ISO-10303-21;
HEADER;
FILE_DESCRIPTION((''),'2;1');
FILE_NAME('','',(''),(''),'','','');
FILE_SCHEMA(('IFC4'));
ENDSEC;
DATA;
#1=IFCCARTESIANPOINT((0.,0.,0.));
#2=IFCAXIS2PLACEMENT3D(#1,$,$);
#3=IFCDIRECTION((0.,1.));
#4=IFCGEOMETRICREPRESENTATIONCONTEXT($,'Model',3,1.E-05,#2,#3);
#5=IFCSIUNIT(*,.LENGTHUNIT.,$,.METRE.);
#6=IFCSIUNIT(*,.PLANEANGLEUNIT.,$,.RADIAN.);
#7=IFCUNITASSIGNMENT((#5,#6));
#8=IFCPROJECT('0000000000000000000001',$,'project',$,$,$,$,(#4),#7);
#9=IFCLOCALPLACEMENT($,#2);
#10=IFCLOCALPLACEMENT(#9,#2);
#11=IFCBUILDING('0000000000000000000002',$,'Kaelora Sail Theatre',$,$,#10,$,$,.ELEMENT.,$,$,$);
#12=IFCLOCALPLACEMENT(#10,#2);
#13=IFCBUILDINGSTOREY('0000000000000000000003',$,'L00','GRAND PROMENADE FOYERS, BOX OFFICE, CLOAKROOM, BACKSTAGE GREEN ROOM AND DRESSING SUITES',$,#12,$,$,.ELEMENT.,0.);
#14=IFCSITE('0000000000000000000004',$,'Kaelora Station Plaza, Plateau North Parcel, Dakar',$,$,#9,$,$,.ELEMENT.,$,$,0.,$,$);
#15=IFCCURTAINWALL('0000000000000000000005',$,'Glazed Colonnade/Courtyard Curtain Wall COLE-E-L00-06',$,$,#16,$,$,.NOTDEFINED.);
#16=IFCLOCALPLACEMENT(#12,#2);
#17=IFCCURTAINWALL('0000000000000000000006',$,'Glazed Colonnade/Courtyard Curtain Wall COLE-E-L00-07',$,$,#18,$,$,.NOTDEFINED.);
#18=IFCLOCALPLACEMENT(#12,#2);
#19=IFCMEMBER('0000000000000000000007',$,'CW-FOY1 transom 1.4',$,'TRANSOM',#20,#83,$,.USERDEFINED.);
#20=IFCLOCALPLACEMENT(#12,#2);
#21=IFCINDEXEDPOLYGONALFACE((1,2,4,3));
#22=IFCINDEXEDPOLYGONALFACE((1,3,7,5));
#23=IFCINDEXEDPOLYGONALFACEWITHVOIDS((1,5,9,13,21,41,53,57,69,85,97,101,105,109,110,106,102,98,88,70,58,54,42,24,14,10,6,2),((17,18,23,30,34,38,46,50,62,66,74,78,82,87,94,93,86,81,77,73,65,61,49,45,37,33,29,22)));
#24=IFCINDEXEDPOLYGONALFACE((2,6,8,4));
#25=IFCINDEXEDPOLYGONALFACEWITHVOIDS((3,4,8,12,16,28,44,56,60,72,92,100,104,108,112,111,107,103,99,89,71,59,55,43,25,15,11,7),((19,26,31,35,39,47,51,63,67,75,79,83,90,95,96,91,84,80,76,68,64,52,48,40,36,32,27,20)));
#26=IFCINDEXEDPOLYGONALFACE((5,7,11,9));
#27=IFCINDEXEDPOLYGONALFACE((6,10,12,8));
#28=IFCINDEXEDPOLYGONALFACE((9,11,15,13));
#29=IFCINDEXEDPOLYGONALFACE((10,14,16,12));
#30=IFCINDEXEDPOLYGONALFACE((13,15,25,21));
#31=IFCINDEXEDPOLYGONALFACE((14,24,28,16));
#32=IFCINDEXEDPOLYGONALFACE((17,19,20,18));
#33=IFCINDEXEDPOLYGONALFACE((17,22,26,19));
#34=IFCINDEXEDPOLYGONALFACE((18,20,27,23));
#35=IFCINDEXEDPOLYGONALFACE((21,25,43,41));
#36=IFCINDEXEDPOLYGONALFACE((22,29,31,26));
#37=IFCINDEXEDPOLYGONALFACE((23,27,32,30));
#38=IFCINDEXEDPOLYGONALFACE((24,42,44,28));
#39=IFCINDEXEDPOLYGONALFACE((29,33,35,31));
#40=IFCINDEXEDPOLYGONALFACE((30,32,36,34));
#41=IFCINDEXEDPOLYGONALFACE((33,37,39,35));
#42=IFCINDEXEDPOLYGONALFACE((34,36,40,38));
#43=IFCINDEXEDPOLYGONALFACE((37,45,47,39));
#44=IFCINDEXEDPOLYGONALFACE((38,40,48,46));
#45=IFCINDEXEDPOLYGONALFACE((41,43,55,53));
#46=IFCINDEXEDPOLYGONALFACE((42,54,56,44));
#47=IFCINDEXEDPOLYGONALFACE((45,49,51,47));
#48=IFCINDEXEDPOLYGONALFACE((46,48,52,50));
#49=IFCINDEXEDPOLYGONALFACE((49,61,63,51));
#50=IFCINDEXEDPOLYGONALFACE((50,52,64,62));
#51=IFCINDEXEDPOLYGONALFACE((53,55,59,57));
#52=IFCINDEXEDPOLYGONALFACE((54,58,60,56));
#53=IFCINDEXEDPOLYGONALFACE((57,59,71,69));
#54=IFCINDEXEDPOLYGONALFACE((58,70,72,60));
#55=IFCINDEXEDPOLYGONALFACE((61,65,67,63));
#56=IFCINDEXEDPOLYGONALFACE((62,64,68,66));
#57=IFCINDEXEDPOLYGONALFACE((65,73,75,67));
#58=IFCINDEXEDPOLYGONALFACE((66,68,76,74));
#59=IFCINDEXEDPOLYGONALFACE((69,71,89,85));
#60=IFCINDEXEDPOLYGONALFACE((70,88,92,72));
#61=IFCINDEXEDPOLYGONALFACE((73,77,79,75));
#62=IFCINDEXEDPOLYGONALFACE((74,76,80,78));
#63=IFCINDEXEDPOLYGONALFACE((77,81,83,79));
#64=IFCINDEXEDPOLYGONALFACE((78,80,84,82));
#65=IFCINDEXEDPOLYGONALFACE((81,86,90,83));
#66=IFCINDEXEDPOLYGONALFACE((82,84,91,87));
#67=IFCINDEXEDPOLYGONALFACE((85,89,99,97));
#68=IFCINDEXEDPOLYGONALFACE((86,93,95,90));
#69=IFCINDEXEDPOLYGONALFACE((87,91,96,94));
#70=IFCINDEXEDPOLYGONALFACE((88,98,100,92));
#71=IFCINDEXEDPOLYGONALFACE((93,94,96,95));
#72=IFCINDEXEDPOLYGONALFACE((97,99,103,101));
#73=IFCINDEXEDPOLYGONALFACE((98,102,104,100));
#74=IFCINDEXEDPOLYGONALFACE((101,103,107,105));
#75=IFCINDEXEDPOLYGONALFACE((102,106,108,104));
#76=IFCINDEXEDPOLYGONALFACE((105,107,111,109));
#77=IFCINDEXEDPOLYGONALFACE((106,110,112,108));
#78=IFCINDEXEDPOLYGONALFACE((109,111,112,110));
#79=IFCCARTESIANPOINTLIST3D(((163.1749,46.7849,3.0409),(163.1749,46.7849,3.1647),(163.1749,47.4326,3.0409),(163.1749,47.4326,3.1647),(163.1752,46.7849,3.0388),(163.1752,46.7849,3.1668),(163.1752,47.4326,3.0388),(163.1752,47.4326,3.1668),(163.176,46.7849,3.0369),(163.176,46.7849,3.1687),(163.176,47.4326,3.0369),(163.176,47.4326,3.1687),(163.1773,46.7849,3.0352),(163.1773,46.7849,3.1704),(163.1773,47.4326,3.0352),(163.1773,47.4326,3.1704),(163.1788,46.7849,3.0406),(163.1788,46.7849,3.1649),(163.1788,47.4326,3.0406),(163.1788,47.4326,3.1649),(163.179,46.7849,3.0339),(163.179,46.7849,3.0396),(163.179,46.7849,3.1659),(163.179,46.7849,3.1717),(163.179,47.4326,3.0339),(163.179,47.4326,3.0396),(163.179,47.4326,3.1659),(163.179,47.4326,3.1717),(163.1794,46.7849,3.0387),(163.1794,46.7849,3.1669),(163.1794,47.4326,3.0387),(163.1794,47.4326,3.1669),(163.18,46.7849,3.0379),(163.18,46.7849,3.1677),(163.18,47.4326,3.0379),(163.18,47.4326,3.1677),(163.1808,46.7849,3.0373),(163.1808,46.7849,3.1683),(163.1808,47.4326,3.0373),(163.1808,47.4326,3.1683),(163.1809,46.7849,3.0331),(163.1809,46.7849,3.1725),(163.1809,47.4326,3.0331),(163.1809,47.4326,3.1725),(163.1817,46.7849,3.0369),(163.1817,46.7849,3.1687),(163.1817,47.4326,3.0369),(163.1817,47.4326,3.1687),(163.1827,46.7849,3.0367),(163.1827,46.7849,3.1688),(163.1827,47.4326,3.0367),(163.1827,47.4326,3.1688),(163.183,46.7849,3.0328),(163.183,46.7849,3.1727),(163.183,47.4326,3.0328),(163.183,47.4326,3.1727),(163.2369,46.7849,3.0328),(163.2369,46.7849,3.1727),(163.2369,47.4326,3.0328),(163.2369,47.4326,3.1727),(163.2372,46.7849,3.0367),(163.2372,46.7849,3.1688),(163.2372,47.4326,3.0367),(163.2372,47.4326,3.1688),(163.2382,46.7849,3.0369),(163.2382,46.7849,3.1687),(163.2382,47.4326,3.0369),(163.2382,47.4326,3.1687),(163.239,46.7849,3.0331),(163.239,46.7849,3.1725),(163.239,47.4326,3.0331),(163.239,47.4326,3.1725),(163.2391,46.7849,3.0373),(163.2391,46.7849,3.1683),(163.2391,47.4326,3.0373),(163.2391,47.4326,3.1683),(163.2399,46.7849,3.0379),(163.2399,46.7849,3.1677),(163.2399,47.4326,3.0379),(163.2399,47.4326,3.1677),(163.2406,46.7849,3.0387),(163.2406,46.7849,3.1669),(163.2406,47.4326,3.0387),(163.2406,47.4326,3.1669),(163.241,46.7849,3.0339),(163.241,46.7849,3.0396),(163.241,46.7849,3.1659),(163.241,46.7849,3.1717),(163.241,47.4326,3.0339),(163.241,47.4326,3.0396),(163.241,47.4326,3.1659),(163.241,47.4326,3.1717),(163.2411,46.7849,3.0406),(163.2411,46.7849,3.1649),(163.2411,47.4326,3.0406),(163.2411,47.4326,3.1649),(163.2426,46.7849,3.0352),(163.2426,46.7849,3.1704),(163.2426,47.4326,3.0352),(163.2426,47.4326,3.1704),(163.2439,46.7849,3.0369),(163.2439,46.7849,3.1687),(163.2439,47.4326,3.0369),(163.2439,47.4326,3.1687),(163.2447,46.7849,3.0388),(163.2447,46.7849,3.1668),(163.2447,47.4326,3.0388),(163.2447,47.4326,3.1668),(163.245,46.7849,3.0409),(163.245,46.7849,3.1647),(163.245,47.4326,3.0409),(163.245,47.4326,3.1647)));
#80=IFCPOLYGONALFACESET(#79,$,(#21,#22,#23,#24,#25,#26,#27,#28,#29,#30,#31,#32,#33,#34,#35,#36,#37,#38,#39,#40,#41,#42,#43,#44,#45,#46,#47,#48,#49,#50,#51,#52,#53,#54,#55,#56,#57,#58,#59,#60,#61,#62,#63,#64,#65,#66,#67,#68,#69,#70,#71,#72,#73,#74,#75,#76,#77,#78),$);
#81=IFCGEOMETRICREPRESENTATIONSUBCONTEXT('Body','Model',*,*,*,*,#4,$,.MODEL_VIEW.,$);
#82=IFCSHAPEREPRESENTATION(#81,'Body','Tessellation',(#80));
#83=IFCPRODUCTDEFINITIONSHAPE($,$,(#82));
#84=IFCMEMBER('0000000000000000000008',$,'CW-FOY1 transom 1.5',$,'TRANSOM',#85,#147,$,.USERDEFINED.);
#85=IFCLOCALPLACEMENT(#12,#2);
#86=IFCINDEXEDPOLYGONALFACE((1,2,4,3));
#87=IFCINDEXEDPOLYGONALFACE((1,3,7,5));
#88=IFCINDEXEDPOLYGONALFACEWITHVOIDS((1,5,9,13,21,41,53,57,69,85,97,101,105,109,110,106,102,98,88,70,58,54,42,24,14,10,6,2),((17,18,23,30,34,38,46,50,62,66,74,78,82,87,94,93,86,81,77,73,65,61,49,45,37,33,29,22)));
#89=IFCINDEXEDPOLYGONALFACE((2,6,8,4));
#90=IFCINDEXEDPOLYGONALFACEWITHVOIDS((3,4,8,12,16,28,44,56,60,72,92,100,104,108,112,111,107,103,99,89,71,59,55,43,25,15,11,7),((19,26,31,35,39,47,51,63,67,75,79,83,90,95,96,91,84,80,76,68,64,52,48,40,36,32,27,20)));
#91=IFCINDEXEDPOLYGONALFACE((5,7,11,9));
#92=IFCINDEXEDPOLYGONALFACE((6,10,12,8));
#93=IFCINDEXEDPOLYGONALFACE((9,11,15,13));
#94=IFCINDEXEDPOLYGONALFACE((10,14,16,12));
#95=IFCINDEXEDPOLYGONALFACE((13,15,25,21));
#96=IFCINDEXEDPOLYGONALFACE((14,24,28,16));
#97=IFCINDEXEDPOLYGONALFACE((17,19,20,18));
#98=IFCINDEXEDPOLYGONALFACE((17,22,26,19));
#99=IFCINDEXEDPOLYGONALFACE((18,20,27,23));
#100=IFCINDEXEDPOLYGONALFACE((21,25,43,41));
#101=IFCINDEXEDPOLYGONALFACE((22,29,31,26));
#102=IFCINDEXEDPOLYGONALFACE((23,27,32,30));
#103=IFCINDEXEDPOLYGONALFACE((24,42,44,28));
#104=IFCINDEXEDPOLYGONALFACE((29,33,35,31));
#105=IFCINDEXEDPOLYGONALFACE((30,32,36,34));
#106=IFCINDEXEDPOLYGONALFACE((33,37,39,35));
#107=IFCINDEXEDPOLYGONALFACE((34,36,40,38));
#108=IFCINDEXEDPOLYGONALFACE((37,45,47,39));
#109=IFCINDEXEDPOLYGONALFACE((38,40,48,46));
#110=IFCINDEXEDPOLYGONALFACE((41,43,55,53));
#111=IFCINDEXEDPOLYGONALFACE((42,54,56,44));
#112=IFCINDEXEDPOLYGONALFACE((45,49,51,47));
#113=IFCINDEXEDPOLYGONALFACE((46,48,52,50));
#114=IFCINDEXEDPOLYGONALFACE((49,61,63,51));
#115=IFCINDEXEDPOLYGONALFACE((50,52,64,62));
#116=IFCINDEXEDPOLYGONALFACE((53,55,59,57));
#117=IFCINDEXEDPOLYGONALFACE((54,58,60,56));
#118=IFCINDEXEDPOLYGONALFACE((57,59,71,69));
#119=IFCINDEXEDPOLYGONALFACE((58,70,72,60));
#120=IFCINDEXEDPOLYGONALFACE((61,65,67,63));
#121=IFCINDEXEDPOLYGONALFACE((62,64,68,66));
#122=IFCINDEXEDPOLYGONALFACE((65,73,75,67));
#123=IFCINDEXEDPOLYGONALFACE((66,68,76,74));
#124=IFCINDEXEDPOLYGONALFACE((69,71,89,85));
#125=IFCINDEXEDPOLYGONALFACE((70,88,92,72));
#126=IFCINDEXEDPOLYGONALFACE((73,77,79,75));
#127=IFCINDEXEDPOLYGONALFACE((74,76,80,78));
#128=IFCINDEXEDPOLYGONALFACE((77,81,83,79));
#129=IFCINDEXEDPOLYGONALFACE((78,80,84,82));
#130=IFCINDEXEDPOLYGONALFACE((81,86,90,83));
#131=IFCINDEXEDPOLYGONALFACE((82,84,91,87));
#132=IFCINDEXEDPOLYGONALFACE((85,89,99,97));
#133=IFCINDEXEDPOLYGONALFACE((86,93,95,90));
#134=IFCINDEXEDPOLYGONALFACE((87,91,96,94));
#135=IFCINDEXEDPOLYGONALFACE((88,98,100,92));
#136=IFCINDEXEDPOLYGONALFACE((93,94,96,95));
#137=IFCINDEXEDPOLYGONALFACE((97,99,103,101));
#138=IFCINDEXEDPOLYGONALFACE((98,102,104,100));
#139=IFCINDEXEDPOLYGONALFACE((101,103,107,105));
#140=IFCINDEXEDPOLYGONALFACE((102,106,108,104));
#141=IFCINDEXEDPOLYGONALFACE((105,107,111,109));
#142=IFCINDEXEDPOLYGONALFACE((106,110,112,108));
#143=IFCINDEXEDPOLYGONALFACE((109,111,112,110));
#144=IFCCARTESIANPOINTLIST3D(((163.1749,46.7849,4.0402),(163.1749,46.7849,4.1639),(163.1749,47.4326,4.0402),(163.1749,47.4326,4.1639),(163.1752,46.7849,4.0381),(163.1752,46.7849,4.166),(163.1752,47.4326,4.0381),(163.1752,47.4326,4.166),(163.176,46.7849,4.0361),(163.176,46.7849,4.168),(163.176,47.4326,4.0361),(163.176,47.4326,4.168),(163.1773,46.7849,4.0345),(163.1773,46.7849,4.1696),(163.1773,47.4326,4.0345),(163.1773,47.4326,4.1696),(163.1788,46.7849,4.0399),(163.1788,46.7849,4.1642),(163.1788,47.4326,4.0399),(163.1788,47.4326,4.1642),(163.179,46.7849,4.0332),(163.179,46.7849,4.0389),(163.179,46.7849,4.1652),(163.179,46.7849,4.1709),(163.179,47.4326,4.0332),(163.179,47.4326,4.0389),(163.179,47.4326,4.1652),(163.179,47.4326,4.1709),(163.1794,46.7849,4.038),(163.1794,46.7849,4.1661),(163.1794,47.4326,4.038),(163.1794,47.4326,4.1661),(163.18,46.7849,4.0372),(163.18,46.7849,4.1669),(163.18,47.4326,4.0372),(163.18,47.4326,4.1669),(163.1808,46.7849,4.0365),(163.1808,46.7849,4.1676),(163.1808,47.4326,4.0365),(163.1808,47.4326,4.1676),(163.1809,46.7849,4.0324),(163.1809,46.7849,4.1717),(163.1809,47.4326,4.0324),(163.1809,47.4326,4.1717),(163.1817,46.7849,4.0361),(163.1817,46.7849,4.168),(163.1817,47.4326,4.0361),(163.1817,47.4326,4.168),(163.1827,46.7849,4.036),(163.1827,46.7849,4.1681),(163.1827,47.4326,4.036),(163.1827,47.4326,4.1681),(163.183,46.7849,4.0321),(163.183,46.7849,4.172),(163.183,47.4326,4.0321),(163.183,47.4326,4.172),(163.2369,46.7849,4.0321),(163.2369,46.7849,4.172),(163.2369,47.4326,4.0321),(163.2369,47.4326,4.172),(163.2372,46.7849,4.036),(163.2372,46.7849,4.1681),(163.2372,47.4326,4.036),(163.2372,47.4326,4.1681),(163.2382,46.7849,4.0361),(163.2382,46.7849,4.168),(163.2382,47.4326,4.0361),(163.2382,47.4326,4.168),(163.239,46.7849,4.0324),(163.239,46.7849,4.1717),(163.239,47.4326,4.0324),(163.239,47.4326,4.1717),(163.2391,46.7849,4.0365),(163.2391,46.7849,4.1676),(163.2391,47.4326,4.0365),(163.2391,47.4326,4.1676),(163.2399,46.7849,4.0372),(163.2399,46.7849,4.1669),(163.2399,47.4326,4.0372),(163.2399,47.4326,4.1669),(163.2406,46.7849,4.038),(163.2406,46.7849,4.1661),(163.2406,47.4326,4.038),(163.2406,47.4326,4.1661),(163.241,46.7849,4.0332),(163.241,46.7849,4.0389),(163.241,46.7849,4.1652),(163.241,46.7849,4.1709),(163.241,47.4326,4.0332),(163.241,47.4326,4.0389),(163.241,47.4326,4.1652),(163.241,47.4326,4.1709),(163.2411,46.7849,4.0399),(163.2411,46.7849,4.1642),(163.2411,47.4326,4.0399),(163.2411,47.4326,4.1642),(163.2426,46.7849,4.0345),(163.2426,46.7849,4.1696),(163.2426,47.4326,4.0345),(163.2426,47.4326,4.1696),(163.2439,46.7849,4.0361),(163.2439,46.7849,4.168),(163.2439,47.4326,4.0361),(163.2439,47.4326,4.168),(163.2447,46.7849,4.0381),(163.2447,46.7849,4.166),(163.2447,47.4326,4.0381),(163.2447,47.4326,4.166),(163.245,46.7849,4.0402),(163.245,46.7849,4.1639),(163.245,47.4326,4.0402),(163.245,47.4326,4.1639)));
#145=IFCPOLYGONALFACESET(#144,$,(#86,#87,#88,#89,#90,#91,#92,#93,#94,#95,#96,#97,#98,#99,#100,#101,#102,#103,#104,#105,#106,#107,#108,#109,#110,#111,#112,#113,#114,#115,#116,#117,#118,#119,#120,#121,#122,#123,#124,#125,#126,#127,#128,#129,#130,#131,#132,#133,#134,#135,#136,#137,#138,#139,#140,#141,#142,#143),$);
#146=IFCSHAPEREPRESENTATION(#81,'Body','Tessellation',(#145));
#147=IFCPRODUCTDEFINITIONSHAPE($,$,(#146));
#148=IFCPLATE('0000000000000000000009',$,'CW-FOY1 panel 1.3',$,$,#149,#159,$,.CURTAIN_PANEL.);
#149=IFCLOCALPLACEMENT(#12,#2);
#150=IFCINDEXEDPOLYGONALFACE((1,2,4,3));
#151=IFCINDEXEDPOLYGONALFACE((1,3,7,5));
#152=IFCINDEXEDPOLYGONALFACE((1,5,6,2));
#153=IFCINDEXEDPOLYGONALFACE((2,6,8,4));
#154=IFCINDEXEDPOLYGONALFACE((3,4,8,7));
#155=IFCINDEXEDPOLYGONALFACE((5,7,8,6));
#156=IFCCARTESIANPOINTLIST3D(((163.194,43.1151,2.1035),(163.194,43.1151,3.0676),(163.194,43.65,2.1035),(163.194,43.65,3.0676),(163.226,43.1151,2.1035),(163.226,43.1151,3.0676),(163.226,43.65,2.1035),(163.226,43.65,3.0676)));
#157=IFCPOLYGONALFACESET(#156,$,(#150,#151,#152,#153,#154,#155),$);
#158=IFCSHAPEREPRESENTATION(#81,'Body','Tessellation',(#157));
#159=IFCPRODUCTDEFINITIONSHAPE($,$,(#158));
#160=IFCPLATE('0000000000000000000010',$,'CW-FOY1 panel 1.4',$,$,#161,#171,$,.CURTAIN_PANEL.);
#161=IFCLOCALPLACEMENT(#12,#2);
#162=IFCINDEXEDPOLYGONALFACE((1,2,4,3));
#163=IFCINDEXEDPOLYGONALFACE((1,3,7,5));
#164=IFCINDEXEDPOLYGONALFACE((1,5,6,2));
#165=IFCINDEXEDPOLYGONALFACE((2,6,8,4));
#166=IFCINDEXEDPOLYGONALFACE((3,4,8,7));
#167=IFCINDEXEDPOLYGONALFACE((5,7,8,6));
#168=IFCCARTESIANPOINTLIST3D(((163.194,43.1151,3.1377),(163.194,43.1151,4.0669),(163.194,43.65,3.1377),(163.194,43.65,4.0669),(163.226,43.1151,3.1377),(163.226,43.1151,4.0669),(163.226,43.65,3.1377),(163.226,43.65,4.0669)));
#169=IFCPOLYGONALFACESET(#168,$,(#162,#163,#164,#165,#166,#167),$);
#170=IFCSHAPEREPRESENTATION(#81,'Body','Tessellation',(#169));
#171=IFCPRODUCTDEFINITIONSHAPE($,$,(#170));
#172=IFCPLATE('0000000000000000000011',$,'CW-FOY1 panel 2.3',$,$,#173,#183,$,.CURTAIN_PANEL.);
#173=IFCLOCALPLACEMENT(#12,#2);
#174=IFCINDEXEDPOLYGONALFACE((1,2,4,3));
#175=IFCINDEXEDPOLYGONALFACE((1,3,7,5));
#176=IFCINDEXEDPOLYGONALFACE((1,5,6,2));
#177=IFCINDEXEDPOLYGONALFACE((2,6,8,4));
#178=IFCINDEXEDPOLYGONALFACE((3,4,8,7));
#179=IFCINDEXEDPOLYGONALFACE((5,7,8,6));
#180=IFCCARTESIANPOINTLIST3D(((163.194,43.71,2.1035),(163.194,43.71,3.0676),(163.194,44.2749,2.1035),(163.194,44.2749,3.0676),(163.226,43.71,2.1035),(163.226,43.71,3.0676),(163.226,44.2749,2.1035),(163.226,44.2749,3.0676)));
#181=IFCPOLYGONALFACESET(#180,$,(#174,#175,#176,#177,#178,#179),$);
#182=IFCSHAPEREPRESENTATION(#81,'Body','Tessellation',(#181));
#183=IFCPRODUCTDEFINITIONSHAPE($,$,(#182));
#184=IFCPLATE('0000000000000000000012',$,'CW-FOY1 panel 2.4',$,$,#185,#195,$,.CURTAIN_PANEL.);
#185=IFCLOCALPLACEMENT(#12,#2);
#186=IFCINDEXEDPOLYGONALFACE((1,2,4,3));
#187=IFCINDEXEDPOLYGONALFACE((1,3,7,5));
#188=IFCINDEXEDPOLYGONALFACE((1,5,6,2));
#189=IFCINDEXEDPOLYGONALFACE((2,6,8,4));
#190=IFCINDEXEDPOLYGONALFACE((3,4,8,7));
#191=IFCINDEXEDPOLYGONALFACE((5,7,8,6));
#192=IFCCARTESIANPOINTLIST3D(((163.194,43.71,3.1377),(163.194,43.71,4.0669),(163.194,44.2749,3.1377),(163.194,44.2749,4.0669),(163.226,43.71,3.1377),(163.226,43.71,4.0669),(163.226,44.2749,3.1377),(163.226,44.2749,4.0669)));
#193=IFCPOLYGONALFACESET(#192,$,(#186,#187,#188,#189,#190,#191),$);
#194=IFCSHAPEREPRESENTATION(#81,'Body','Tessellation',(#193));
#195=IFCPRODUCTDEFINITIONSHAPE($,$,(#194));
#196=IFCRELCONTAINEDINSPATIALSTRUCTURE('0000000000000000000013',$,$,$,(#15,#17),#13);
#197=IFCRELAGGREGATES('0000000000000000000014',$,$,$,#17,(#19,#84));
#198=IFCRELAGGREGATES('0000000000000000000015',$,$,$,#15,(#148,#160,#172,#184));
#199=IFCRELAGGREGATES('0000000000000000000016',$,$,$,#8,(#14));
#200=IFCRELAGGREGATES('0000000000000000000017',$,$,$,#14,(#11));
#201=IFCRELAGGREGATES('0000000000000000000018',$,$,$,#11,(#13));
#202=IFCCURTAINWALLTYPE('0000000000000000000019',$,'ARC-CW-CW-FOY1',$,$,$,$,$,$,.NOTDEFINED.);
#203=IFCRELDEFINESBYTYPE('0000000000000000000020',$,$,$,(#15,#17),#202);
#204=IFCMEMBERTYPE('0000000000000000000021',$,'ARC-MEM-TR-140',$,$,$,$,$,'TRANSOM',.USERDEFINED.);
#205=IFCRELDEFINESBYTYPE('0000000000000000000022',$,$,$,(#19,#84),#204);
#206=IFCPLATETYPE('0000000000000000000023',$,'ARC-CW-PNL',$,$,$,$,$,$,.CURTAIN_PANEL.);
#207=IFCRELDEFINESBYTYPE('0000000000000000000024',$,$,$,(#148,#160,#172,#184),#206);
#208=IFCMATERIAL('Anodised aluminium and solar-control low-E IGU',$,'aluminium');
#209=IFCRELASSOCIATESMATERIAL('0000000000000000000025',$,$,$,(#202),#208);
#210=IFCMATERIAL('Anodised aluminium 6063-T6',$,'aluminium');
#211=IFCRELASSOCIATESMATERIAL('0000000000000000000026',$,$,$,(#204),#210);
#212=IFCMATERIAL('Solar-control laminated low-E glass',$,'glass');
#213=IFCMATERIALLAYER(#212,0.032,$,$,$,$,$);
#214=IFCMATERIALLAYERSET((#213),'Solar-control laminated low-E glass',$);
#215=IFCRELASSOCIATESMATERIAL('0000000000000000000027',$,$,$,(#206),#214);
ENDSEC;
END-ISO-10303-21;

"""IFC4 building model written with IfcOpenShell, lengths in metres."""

from ifc_helpers import new_model, si_unit, direction, frame, origin, origin_2d, place, context, subcontext, project, spatial, rectangle, hollow_rectangle, extrude, material, layer, layer_set, material_profile, profile_set, type_object, element, aggregate, save


model = new_model("IFC4")

# Units and contexts
model_context = context("Model", 3, precision=1e-05, world=origin(), true_north=direction((0.0, 1.0)))
body_context = subcontext(model_context, "Body", "Model", "MODEL_VIEW")
ifc_project = project(units=[si_unit("LENGTHUNIT", "METRE"), si_unit("PLANEANGLEUNIT", "RADIAN")], contexts=[model_context])

# Site, building, storey
site_placement = place(None, origin())
site = spatial("IfcSite", under=ifc_project, at=site_placement, Name="Kaelora Station Plaza, Plateau North Parcel, Dakar", CompositionType="ELEMENT", RefElevation=0.0)
building_placement = place(site_placement, origin())
building = spatial("IfcBuilding", under=site, at=building_placement, Name="Kaelora Sail Theatre", CompositionType="ELEMENT")
storey_placement = place(building_placement, origin())
storey = spatial("IfcBuildingStorey", under=building, at=storey_placement, Name="L00", Description="GRAND PROMENADE FOYERS, BOX OFFICE, CLOAKROOM, BACKSTAGE GREEN ROOM AND DRESSING SUITES", CompositionType="ELEMENT", Elevation=0.0)

# Curtain walls, members
ifc_material_1 = material(Name="Anodised aluminium and solar-control low-E IGU", Category="aluminium")
curtain_wall_type = type_object("IfcCurtainWallType", Name="ARC-CW-CW-FOY1", PredefinedType="NOTDEFINED", material=ifc_material_1)
curtain_wall_1_placement = place(storey_placement, origin())
curtain_wall_1 = element("IfcCurtainWall", 1, at=curtain_wall_1_placement, inside=storey, type_object=curtain_wall_type, Name="Glazed Colonnade/Courtyard Curtain Wall COLE-E-L00-06", PredefinedType="NOTDEFINED")
ifc_material_2 = material(Name="Anodised aluminium 6063-T6", Category="aluminium")
ifc_material_profile = material_profile(ifc_material_2, hollow_rectangle(XDim=0.0701, YDim=0.1399, WallThickness=0.0039, InnerFilletRadius=0.0039, OuterFilletRadius=0.0081, at=origin_2d()), Name="ALU-TRAN 70x140x4")
ifc_profile_set = profile_set([ifc_material_profile], Name="Anodised aluminium 6063-T6")
member_type = type_object("IfcMemberType", Name="ARC-MEM-TR-140", ElementType="TRANSOM", PredefinedType="USERDEFINED", material=ifc_profile_set)
curtain_wall_2_placement = place(storey_placement, origin())
curtain_wall_2 = element("IfcCurtainWall", 2, at=curtain_wall_2_placement, inside=storey, type_object=curtain_wall_type, Name="Glazed Colonnade/Courtyard Curtain Wall COLE-E-L00-07", PredefinedType="NOTDEFINED")
member_1_placement = place(storey_placement, frame((163.21, 46.7849, 3.1028), z_axis=(0.0, 1.0, 0.0), x_axis=(-1.0, 0.0, 0.0)))
member_1 = element("IfcMember", 3, at=member_1_placement, type_object=member_type, Name="CW-FOY1 transom 1.4", ObjectType="TRANSOM", PredefinedType="USERDEFINED", context=body_context, shape_type="SweptSolid", body=[
    extrude(hollow_rectangle(XDim=0.0701, YDim=0.1399, WallThickness=0.0039, InnerFilletRadius=0.0039, OuterFilletRadius=0.0081, at=origin_2d()), origin(), (0.0, 0.0, 1.0), 0.6477),
])
member_2_placement = place(storey_placement, frame((163.21, 46.7849, 4.1021), z_axis=(0.0, 1.0, 0.0), x_axis=(-1.0, 0.0, 0.0)))
member_2 = element("IfcMember", 4, at=member_2_placement, type_object=member_type, Name="CW-FOY1 transom 1.5", ObjectType="TRANSOM", PredefinedType="USERDEFINED", context=body_context, shape_type="SweptSolid", body=[
    extrude(hollow_rectangle(XDim=0.0701, YDim=0.1399, WallThickness=0.0039, InnerFilletRadius=0.0039, OuterFilletRadius=0.0081, at=origin_2d()), origin(), (0.0, 0.0, 1.0), 0.6477),
])
aggregate(curtain_wall_2, [member_1, member_2])

# Plates
ifc_material_3 = material(Name="Solar-control laminated low-E glass", Category="glass")
ifc_layer = layer(ifc_material_3, 0.032)
ifc_layer_set = layer_set([ifc_layer], Name="Solar-control laminated low-E glass")
plate_type = type_object("IfcPlateType", Name="ARC-CW-PNL", PredefinedType="CURTAIN_PANEL", material=ifc_layer_set)
plate_1_placement = place(storey_placement, frame((163.21, 43.3826, 2.1035), z_axis=(0.0, 0.0, 1.0), x_axis=(0.0, 1.0, 0.0)))
plate_1 = element("IfcPlate", 5, at=plate_1_placement, type_object=plate_type, Name="CW-FOY1 panel 1.3", PredefinedType="CURTAIN_PANEL", context=body_context, shape_type="SweptSolid", body=[
    extrude(rectangle(XDim=0.5349, YDim=0.032, at=origin_2d()), origin(), (0.0, 0.0, 1.0), 0.9641),
])
plate_2_placement = place(storey_placement, frame((163.21, 43.3826, 3.1377), z_axis=(0.0, 0.0, 1.0), x_axis=(0.0, 1.0, 0.0)))
plate_2 = element("IfcPlate", 6, at=plate_2_placement, type_object=plate_type, Name="CW-FOY1 panel 1.4", PredefinedType="CURTAIN_PANEL", context=body_context, shape_type="SweptSolid", body=[
    extrude(rectangle(XDim=0.5349, YDim=0.032, at=origin_2d()), origin(), (0.0, 0.0, 1.0), 0.9292),
])
plate_3_placement = place(storey_placement, frame((163.21, 43.9924, 2.1035), z_axis=(0.0, 0.0, 1.0), x_axis=(0.0, 1.0, 0.0)))
plate_3 = element("IfcPlate", 7, at=plate_3_placement, type_object=plate_type, Name="CW-FOY1 panel 2.3", PredefinedType="CURTAIN_PANEL", context=body_context, shape_type="SweptSolid", body=[
    extrude(rectangle(XDim=0.5649, YDim=0.032, at=origin_2d()), origin(), (0.0, 0.0, 1.0), 0.9641),
])
plate_4_placement = place(storey_placement, frame((163.21, 43.9924, 3.1377), z_axis=(0.0, 0.0, 1.0), x_axis=(0.0, 1.0, 0.0)))
plate_4 = element("IfcPlate", 8, at=plate_4_placement, type_object=plate_type, Name="CW-FOY1 panel 2.4", PredefinedType="CURTAIN_PANEL", context=body_context, shape_type="SweptSolid", body=[
    extrude(rectangle(XDim=0.5649, YDim=0.032, at=origin_2d()), origin(), (0.0, 0.0, 1.0), 0.9292),
])
aggregate(curtain_wall_1, [plate_1, plate_2, plate_3, plate_4])

save(model, "model.ifc")
